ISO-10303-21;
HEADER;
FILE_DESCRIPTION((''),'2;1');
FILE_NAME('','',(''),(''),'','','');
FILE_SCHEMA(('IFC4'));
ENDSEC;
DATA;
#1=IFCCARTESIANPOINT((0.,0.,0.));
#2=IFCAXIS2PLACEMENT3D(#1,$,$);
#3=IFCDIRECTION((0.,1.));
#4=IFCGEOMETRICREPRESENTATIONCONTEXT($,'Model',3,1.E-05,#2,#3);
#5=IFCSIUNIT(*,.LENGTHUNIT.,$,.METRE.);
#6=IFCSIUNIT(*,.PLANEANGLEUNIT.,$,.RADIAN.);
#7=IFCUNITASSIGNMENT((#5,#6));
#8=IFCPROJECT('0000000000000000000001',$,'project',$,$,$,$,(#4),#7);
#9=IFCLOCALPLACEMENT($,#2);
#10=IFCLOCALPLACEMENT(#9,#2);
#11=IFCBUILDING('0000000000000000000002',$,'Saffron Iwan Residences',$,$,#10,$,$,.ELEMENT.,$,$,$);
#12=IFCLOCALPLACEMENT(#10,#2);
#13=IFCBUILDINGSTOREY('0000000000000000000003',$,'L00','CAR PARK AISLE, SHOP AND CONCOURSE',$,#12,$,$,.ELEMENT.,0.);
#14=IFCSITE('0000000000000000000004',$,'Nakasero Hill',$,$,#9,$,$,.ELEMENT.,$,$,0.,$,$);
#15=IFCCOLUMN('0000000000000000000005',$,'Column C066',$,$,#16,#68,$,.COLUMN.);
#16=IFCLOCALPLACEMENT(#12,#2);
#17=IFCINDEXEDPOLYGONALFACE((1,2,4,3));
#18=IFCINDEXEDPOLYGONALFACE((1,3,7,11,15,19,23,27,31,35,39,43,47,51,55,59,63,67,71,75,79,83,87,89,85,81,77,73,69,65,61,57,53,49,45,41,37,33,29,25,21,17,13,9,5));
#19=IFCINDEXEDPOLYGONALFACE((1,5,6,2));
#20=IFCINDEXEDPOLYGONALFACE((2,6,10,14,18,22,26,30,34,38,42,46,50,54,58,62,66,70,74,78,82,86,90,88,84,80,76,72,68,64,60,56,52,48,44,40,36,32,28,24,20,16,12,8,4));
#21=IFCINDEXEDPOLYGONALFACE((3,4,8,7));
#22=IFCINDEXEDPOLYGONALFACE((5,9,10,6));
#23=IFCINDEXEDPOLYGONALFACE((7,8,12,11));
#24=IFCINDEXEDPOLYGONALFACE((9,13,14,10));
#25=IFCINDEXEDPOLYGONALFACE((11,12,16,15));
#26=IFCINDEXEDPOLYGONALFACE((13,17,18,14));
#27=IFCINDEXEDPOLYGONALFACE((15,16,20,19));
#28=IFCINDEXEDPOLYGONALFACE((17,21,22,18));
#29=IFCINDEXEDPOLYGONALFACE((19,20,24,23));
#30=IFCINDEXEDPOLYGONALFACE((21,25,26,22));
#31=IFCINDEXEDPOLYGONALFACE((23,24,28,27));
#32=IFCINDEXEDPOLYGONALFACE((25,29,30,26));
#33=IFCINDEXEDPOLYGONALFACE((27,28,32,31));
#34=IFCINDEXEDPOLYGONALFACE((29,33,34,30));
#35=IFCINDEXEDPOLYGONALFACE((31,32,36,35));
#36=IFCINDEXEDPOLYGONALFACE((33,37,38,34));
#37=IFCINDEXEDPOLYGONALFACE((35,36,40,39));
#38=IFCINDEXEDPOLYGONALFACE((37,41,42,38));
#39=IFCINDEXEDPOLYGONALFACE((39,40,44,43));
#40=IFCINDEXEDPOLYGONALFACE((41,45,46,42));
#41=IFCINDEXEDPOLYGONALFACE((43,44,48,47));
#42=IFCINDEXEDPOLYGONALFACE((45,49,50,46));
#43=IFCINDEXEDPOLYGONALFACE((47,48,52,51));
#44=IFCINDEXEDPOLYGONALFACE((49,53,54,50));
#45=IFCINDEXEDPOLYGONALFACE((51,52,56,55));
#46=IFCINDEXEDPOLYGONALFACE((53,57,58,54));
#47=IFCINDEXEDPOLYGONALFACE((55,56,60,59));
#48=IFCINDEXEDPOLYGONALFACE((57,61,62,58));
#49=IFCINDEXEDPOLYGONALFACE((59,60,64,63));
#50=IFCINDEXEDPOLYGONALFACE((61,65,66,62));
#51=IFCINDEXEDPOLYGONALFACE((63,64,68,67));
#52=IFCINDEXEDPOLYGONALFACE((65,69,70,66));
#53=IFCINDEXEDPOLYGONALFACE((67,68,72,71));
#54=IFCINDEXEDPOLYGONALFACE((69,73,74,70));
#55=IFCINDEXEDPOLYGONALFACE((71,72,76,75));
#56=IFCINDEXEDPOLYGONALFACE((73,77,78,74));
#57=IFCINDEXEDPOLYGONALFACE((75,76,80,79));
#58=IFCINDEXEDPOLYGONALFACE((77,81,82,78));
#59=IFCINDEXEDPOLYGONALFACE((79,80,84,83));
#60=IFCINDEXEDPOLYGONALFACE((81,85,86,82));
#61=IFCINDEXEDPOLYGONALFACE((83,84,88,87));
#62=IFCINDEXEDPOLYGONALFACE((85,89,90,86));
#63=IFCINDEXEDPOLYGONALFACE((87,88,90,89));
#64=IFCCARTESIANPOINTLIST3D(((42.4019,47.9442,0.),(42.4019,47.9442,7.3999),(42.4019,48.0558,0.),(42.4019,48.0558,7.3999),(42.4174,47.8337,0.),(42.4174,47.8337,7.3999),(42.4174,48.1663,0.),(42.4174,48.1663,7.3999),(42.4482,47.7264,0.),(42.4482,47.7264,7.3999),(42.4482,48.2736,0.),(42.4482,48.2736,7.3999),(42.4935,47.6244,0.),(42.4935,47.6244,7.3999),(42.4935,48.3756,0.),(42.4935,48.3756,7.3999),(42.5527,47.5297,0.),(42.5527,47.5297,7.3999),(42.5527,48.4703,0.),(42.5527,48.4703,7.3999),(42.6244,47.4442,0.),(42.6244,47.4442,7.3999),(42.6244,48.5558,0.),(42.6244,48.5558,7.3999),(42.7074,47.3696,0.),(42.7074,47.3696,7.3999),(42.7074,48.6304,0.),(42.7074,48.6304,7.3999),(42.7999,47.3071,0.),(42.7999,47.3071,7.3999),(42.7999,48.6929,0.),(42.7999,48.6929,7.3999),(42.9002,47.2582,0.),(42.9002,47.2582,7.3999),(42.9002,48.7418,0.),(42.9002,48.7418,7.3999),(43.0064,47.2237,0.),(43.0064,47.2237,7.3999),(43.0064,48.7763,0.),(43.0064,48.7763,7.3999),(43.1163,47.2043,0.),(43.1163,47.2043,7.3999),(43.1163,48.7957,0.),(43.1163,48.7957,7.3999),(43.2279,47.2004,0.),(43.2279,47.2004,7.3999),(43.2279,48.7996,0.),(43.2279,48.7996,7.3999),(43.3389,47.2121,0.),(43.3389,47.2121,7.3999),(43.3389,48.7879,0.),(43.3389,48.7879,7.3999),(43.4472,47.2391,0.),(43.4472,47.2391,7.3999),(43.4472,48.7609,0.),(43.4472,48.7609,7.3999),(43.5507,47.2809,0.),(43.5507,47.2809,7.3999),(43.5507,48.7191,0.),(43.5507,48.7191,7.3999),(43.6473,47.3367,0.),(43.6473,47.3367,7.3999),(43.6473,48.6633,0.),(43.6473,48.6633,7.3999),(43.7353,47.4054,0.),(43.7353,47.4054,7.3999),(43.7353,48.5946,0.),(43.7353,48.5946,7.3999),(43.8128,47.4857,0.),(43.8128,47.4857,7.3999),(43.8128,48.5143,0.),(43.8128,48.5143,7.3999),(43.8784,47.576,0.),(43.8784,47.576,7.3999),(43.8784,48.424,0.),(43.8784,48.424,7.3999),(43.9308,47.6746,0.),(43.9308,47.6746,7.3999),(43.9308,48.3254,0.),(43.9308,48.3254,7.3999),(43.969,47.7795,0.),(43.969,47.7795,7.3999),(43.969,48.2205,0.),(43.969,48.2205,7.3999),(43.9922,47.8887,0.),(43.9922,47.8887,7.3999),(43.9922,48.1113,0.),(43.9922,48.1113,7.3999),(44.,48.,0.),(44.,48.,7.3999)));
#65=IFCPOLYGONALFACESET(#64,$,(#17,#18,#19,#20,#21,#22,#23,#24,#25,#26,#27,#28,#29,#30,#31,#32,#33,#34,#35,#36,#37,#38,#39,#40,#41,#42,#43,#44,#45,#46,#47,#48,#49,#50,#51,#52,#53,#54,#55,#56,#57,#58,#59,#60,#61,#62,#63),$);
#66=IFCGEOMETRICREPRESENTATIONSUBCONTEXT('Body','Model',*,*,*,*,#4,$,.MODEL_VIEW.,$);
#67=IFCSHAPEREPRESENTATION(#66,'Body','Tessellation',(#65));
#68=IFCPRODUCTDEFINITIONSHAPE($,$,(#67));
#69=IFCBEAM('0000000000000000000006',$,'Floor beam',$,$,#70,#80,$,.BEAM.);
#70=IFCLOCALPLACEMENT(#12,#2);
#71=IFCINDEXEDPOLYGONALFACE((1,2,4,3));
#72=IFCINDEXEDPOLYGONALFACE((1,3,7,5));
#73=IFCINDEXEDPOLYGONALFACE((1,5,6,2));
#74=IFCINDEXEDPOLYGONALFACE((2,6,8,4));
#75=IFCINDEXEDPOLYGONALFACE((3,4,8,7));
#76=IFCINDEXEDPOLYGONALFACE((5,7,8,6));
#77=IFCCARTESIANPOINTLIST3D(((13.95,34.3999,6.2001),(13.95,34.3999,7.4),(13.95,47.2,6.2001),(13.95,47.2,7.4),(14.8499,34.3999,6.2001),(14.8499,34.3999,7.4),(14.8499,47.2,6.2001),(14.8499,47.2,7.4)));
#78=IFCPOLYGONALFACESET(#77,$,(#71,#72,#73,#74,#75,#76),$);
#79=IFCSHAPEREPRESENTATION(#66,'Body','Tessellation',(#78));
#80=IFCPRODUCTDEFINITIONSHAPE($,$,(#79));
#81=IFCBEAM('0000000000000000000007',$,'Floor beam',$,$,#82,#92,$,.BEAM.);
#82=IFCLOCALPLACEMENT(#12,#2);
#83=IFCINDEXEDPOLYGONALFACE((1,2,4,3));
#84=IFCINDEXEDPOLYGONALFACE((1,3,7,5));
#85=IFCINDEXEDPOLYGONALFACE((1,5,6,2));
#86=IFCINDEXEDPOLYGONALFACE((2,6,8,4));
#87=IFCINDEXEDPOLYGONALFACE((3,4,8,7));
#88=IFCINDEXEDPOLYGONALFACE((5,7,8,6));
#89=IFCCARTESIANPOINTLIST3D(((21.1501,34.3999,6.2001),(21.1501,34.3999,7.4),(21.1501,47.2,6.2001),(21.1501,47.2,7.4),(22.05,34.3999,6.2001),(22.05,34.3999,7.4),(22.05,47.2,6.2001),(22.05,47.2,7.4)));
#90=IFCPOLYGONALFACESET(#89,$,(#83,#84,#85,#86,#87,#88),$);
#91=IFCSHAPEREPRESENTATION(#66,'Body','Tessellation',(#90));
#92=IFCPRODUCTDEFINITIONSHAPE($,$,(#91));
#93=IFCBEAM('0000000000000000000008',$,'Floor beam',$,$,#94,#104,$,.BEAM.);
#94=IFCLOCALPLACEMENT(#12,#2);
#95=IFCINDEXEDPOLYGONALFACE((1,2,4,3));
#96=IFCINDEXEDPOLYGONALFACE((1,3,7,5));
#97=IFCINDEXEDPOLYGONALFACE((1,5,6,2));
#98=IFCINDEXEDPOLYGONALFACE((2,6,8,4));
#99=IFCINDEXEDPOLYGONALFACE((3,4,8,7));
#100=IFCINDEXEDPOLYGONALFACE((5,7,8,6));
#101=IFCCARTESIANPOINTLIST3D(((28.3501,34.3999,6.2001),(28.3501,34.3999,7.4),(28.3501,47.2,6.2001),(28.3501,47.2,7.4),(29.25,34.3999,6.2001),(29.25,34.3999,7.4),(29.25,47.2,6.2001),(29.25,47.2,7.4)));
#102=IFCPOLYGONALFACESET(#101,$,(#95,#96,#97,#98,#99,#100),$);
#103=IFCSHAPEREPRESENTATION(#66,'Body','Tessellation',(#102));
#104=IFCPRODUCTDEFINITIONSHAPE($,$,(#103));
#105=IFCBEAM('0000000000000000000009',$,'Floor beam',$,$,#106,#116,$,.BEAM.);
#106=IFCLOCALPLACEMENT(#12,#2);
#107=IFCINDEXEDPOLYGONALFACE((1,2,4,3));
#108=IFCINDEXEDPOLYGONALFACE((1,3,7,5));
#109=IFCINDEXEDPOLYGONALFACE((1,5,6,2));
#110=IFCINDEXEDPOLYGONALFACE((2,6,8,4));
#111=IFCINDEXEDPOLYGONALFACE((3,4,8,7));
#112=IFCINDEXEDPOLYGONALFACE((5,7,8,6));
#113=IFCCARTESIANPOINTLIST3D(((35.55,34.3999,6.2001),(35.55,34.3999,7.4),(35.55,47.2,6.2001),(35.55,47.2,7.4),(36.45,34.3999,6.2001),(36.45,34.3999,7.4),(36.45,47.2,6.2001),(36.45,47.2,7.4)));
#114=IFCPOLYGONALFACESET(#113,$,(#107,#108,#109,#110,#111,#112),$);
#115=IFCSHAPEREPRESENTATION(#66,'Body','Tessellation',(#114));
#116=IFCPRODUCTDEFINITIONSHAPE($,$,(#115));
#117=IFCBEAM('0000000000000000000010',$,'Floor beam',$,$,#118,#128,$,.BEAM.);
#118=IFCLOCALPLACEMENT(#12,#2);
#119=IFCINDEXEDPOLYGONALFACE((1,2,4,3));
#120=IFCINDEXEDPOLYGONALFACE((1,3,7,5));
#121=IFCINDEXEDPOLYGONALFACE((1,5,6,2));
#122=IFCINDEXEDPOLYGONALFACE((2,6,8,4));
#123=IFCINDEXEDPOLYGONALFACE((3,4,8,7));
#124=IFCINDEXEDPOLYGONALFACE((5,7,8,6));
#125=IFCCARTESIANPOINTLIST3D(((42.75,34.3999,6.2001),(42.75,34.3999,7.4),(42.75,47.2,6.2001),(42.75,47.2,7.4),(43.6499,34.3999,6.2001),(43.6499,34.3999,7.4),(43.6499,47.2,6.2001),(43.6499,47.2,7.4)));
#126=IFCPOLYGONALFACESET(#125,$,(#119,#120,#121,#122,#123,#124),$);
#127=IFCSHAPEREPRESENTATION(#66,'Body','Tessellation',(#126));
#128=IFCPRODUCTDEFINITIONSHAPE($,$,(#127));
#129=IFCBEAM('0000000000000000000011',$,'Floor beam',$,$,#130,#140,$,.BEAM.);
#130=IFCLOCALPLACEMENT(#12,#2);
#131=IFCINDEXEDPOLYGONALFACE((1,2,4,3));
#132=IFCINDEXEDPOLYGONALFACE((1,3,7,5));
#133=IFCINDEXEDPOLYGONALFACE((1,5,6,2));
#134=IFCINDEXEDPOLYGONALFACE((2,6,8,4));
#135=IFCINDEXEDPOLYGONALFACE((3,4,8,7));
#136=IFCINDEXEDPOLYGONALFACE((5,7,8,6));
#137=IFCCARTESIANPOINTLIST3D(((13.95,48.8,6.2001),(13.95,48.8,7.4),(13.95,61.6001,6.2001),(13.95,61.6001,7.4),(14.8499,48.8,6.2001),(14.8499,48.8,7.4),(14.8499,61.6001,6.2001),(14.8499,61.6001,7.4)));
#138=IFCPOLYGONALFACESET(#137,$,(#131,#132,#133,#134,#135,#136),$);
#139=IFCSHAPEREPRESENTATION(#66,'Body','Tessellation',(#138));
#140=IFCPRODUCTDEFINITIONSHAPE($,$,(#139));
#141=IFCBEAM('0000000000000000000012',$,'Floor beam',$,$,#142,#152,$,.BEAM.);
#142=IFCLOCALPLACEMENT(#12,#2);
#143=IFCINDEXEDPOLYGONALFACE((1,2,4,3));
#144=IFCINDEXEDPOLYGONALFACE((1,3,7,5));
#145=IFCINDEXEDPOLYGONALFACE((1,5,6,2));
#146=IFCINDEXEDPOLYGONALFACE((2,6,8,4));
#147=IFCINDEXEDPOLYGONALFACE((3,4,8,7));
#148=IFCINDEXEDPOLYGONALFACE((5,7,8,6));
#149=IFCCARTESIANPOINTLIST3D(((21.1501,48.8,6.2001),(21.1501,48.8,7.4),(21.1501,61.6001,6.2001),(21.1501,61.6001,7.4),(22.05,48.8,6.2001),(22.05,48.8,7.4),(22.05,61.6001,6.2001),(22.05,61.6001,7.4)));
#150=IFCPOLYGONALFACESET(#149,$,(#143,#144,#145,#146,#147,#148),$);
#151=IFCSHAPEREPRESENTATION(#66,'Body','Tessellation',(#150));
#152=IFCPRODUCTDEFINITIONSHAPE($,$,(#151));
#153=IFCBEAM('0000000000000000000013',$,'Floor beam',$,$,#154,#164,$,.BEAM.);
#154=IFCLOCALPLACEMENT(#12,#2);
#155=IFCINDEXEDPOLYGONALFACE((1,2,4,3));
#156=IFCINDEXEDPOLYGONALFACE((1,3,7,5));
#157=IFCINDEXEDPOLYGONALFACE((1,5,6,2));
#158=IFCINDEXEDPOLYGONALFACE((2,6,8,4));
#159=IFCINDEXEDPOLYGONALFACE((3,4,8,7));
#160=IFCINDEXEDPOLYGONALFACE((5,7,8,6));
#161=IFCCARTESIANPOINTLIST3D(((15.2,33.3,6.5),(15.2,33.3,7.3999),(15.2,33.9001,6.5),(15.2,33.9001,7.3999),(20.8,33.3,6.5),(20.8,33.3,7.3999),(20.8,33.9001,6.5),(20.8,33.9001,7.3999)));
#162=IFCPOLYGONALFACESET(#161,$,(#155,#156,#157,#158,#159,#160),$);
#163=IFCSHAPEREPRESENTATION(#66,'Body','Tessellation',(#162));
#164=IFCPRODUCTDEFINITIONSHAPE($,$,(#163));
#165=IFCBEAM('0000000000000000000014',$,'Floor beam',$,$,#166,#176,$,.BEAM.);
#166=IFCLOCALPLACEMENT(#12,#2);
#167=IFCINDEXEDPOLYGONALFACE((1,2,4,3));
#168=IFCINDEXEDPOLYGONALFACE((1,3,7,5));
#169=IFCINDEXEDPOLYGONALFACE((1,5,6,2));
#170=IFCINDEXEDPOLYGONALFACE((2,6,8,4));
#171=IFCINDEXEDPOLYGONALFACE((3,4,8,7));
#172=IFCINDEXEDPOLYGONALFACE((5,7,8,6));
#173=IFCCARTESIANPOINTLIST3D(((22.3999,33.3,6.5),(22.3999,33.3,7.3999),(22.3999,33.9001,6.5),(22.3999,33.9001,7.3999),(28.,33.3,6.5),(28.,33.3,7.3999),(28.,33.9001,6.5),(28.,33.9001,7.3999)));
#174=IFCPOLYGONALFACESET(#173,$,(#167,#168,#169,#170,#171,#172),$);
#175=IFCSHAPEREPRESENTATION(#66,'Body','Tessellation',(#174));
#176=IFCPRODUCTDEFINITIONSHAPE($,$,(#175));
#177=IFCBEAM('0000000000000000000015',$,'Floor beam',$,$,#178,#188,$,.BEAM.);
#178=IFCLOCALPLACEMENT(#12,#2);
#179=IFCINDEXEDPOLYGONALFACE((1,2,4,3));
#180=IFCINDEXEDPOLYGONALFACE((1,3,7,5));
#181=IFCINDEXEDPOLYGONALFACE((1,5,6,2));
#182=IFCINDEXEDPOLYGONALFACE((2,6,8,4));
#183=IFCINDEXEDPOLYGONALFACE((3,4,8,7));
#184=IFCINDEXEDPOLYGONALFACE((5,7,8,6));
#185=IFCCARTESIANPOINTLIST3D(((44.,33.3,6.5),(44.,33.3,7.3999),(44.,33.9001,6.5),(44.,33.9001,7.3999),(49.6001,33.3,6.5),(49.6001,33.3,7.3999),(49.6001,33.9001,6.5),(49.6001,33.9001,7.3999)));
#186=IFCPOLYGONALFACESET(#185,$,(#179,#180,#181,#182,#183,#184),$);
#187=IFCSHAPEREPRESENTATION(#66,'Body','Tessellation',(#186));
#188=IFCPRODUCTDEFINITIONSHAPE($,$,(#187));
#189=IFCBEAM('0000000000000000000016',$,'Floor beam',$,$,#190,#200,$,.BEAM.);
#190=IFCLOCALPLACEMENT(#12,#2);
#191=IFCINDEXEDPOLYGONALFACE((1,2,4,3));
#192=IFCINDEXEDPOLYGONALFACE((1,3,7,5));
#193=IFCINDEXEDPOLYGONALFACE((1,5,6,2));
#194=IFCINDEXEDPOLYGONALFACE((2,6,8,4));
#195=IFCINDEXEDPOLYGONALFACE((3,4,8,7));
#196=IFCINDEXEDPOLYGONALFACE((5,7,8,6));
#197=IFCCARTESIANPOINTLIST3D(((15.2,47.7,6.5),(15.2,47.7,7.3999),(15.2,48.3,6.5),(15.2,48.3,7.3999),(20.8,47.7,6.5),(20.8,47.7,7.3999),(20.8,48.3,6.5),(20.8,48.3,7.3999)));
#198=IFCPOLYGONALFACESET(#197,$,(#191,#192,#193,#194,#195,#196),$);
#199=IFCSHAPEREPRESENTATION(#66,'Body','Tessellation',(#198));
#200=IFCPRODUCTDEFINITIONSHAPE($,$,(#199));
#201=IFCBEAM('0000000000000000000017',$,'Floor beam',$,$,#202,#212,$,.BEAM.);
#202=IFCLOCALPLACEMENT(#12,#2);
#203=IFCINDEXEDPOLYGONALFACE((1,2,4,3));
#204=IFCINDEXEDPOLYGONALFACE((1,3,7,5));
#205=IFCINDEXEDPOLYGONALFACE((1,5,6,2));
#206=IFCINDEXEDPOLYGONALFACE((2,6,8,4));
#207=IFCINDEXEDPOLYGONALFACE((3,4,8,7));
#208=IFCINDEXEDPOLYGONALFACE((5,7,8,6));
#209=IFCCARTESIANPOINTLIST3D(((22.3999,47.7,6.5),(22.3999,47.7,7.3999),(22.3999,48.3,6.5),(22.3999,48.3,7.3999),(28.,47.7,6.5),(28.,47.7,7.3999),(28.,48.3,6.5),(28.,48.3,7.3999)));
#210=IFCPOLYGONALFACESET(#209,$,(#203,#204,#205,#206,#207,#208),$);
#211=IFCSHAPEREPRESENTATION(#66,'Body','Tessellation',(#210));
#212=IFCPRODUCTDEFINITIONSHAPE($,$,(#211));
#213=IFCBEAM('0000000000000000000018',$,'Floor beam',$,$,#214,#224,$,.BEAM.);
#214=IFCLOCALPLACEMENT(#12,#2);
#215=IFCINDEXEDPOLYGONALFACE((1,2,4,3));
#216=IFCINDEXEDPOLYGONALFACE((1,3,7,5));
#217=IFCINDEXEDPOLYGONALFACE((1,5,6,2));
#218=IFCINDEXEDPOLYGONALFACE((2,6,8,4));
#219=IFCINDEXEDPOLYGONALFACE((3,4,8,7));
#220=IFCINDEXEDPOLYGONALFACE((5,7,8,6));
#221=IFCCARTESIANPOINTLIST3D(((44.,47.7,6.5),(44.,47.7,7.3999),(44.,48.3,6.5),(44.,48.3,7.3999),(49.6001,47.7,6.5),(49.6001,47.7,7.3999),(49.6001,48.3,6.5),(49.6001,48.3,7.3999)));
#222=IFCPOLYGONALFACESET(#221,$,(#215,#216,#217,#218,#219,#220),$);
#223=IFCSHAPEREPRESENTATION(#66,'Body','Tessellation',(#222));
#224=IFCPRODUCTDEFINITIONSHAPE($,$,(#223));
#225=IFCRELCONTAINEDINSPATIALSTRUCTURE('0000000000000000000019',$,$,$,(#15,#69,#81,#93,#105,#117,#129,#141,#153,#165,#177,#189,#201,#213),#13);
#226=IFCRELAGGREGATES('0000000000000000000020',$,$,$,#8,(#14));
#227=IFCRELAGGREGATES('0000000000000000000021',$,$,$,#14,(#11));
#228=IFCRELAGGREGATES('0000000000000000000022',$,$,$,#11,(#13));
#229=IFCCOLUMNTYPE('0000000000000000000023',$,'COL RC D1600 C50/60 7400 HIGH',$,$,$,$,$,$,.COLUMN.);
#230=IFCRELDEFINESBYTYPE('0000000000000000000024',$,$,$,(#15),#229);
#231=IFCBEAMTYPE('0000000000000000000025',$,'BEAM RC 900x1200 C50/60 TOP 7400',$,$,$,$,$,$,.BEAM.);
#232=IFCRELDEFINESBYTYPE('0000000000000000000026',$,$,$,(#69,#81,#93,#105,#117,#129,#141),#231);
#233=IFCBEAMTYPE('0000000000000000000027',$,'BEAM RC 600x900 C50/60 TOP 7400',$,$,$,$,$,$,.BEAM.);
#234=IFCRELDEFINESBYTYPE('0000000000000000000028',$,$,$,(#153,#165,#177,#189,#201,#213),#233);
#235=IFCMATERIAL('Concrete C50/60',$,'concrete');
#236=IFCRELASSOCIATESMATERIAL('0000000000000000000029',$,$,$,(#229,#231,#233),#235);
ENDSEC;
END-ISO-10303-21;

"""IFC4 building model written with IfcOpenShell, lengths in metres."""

from ifc_helpers import new_model, si_unit, direction, frame, origin, origin_2d, place, context, subcontext, project, spatial, rectangle, circle, extrude, source, transform, mapped, material, material_profile, profile_set, type_object, element, save


model = new_model("IFC4")

# Units and contexts
model_context = context("Model", 3, precision=1e-05, world=origin(), true_north=direction((0.0, 1.0)))
body_context = subcontext(model_context, "Body", "Model", "MODEL_VIEW")
ifc_project = project(units=[si_unit("LENGTHUNIT", "METRE"), si_unit("PLANEANGLEUNIT", "RADIAN")], contexts=[model_context])

# Site, building, storey
site_placement = place(None, origin())
site = spatial("IfcSite", under=ifc_project, at=site_placement, Name="Nakasero Hill", CompositionType="ELEMENT", RefElevation=0.0)
building_placement = place(site_placement, origin())
building = spatial("IfcBuilding", under=site, at=building_placement, Name="Saffron Iwan Residences", CompositionType="ELEMENT")
storey_placement = place(building_placement, origin())
storey = spatial("IfcBuildingStorey", under=building, at=storey_placement, Name="L00", Description="CAR PARK AISLE, SHOP AND CONCOURSE", CompositionType="ELEMENT", Elevation=0.0)

# Column
ifc_material_1 = material(Name="Concrete C50/60", Category="concrete")
ifc_material_profile_1 = material_profile(ifc_material_1, circle(Radius=0.8, at=origin_2d()), Name="RC D1600")
ifc_profile_set_1 = profile_set([ifc_material_profile_1], Name="Concrete C50/60")
column_type = type_object("IfcColumnType", Name="COL RC D1600 C50/60 7400 HIGH", PredefinedType="COLUMN", material=ifc_profile_set_1)
shared_shape_1 = source(origin(), body_context, "Body", "SweptSolid", [
    extrude(circle(Radius=0.8, at=origin_2d()), origin(), (0.0, 0.0, 1.0), 7.3999),
])
for number, where, z_axis, x_axis, name in (
    (1, (43.2, 48.0, 0.0), (0.0, 0.0, 1.0), (1.0, 0.0, 0.0), "Column C066"),
):
    element("IfcColumn", number, at=place(storey_placement, frame(where, z_axis=z_axis, x_axis=x_axis)), inside=storey, type_object=column_type, Name=name, PredefinedType="COLUMN", context=body_context, shape_type="MappedRepresentation", body=[
        mapped(shared_shape_1, transform((0.0, 0.0, 0.0))),
    ])

# Beams
ifc_material_profile_2 = material_profile(ifc_material_1, rectangle(XDim=0.8999, YDim=1.2, at=origin_2d()), Name="RC 900x1200")
ifc_profile_set_2 = profile_set([ifc_material_profile_2], Name="Concrete C50/60")
beam_type_1 = type_object("IfcBeamType", Name="BEAM RC 900x1200 C50/60 TOP 7400", PredefinedType="BEAM", material=ifc_profile_set_2)
shared_shape_2 = source(origin(), body_context, "Body", "SweptSolid", [
    extrude(rectangle(XDim=0.8999, YDim=1.2, at=origin_2d()), origin(), (0.0, 0.0, 1.0), 12.8),
])
for number, where, z_axis, x_axis, name in (
    (2, (14.3999, 34.3999, 6.8), (0.0, 1.0, 0.0), (-1.0, 0.0, 0.0), "Floor beam"),
    (3, (21.6001, 34.3999, 6.8), (0.0, 1.0, 0.0), (-1.0, 0.0, 0.0), "Floor beam"),
    (4, (28.8, 34.3999, 6.8), (0.0, 1.0, 0.0), (-1.0, 0.0, 0.0), "Floor beam"),
    (5, (36.0, 34.3999, 6.8), (0.0, 1.0, 0.0), (-1.0, 0.0, 0.0), "Floor beam"),
    (6, (43.2, 34.3999, 6.8), (0.0, 1.0, 0.0), (-1.0, 0.0, 0.0), "Floor beam"),
    (7, (14.3999, 48.8, 6.8), (0.0, 1.0, 0.0), (-1.0, 0.0, 0.0), "Floor beam"),
    (8, (21.6001, 48.8, 6.8), (0.0, 1.0, 0.0), (-1.0, 0.0, 0.0), "Floor beam"),
):
    element("IfcBeam", number, at=place(storey_placement, frame(where, z_axis=z_axis, x_axis=x_axis)), inside=storey, type_object=beam_type_1, Name=name, PredefinedType="BEAM", context=body_context, shape_type="MappedRepresentation", body=[
        mapped(shared_shape_2, transform((0.0, 0.0, 0.0))),
    ])
ifc_material_profile_3 = material_profile(ifc_material_1, rectangle(XDim=0.6001, YDim=0.8999, at=origin_2d()), Name="RC 600x900")
ifc_profile_set_3 = profile_set([ifc_material_profile_3], Name="Concrete C50/60")
beam_type_2 = type_object("IfcBeamType", Name="BEAM RC 600x900 C50/60 TOP 7400", PredefinedType="BEAM", material=ifc_profile_set_3)
shared_shape_3 = source(origin(), body_context, "Body", "SweptSolid", [
    extrude(rectangle(XDim=0.6001, YDim=0.8999, at=origin_2d()), origin(), (0.0, 0.0, 1.0), 5.6001),
])
for number, where, z_axis, x_axis, name in (
    (9, (15.2, 33.6001, 6.95), (1.0, 0.0, 0.0), (0.0, 1.0, 0.0), "Floor beam"),
    (10, (22.3999, 33.6001, 6.95), (1.0, 0.0, 0.0), (0.0, 1.0, 0.0), "Floor beam"),
    (11, (44.0, 33.6001, 6.95), (1.0, 0.0, 0.0), (0.0, 1.0, 0.0), "Floor beam"),
    (12, (15.2, 48.0, 6.95), (1.0, 0.0, 0.0), (0.0, 1.0, 0.0), "Floor beam"),
    (13, (22.3999, 48.0, 6.95), (1.0, 0.0, 0.0), (0.0, 1.0, 0.0), "Floor beam"),
    (14, (44.0, 48.0, 6.95), (1.0, 0.0, 0.0), (0.0, 1.0, 0.0), "Floor beam"),
):
    element("IfcBeam", number, at=place(storey_placement, frame(where, z_axis=z_axis, x_axis=x_axis)), inside=storey, type_object=beam_type_2, Name=name, PredefinedType="BEAM", context=body_context, shape_type="MappedRepresentation", body=[
        mapped(shared_shape_3, transform((0.0, 0.0, 0.0))),
    ])

save(model, "model.ifc")
